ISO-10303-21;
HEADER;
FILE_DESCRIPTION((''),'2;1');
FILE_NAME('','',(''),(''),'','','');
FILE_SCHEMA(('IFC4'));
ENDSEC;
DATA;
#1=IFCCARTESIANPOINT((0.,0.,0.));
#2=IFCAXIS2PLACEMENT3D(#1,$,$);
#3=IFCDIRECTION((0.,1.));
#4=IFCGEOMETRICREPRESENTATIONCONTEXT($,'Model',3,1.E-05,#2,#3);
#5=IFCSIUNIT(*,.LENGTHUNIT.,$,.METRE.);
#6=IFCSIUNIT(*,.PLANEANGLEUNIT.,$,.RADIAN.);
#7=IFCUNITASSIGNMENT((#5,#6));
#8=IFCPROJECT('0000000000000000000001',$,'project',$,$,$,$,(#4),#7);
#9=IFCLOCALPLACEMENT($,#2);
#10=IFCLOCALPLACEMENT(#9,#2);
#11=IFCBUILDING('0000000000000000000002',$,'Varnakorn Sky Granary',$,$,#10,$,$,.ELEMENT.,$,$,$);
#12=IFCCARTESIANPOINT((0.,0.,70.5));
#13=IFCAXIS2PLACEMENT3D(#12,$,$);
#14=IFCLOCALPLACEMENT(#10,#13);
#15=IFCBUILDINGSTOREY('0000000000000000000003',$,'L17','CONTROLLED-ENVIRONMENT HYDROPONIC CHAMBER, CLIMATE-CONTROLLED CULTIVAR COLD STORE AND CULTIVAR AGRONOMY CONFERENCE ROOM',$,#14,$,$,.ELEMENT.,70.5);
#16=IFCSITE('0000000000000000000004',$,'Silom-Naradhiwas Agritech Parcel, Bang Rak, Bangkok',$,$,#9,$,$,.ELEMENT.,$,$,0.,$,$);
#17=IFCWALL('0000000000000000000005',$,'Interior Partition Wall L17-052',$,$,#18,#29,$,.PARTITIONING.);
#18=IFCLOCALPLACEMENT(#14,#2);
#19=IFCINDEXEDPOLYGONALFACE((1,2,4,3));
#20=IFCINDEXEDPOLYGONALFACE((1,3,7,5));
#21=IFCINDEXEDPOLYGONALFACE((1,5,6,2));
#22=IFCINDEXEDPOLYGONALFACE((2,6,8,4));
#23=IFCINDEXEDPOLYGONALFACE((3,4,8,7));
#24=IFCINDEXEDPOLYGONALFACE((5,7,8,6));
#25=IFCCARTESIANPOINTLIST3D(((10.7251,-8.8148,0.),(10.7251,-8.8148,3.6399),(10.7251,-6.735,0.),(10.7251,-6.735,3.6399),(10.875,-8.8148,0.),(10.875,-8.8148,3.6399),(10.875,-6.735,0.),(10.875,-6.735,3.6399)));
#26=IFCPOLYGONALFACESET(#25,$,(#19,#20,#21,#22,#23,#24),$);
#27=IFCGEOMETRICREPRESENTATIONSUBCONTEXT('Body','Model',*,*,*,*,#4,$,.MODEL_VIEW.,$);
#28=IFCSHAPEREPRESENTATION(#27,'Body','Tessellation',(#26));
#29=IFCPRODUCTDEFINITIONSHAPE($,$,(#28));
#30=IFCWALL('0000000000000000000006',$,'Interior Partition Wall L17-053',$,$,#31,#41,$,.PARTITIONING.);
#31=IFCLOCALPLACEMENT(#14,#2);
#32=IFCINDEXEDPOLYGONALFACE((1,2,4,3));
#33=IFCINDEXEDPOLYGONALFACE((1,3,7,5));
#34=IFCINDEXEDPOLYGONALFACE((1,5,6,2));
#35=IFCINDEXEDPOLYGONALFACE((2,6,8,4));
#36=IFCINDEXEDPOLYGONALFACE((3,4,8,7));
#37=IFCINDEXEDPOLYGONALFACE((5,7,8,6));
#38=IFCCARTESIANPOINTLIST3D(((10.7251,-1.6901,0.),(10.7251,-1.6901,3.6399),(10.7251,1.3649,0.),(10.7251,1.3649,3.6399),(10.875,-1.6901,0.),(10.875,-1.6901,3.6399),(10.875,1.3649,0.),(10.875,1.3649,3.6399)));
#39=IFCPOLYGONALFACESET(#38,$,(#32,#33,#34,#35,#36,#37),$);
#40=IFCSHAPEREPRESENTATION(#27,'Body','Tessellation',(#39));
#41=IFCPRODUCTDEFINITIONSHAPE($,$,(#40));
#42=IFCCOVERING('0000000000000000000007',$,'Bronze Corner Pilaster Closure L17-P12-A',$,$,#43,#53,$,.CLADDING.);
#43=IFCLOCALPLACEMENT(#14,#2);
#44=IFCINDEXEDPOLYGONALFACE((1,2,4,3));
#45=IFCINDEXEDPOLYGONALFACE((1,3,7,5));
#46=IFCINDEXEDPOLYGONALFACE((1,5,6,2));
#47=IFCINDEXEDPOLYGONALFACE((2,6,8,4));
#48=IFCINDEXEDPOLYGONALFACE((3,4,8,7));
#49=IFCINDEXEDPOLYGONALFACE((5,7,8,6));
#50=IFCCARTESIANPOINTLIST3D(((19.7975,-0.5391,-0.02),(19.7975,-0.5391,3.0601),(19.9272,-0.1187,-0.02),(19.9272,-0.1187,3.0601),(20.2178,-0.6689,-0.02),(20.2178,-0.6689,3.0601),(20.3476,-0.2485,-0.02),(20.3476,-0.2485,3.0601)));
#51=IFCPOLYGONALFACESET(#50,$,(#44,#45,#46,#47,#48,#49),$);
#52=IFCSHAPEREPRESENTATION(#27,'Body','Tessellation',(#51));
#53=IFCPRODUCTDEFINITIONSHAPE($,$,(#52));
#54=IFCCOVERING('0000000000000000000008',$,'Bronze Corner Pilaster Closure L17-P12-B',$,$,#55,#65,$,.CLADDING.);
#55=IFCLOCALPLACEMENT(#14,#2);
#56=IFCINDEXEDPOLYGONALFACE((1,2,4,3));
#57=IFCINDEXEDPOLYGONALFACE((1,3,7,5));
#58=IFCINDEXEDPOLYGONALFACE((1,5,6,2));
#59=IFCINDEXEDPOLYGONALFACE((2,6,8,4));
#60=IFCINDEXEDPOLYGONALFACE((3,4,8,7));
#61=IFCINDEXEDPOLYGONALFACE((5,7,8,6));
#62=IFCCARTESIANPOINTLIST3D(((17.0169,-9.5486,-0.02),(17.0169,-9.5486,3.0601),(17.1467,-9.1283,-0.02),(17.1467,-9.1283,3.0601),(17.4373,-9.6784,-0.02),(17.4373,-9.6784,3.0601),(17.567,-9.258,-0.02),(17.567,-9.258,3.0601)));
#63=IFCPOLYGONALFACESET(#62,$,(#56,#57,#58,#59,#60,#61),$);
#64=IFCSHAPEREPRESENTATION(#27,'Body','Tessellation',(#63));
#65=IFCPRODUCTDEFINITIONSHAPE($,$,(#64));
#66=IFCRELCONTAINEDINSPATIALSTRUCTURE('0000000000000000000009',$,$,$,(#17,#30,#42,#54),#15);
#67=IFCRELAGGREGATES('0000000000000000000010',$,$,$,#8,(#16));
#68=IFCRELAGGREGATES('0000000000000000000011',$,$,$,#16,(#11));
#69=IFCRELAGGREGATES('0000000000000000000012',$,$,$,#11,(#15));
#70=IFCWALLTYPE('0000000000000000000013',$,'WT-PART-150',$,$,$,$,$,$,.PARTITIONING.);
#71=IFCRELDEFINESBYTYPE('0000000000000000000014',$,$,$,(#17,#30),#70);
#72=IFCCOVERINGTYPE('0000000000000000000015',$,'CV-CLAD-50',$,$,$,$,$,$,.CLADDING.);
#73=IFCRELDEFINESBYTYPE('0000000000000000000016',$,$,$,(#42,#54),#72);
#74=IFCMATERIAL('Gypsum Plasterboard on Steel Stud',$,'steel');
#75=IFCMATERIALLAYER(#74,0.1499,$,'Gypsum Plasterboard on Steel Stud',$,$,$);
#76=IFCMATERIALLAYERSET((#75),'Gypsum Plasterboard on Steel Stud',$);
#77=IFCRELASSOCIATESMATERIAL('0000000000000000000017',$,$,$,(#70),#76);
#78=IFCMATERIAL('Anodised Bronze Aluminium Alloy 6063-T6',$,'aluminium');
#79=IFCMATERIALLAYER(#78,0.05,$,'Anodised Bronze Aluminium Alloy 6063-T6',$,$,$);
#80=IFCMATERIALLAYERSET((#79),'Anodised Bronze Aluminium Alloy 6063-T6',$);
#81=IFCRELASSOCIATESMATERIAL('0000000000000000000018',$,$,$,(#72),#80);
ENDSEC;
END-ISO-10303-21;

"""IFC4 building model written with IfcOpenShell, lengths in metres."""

from ifc_helpers import new_model, si_unit, direction, frame, frame_2d, origin, origin_2d, place, context, subcontext, project, spatial, rectangle, extrude, source, transform, mapped, material, layer, layer_set, type_object, type_shapes, element, save


model = new_model("IFC4")

# Units and contexts
model_context = context("Model", 3, precision=1e-05, world=origin(), true_north=direction((0.0, 1.0)))
body_context = subcontext(model_context, "Body", "Model", "MODEL_VIEW")
ifc_project = project(units=[si_unit("LENGTHUNIT", "METRE"), si_unit("PLANEANGLEUNIT", "RADIAN")], contexts=[model_context])

# Site, building, storey
site_placement = place(None, origin())
site = spatial("IfcSite", under=ifc_project, at=site_placement, Name="Silom-Naradhiwas Agritech Parcel, Bang Rak, Bangkok", CompositionType="ELEMENT", RefElevation=0.0)
building_placement = place(site_placement, origin())
building = spatial("IfcBuilding", under=site, at=building_placement, Name="Varnakorn Sky Granary", CompositionType="ELEMENT")
storey_placement = place(building_placement, frame((0.0, 0.0, 70.5)))
storey = spatial("IfcBuildingStorey", under=building, at=storey_placement, Name="L17", Description="CONTROLLED-ENVIRONMENT HYDROPONIC CHAMBER, CLIMATE-CONTROLLED CULTIVAR COLD STORE AND CULTIVAR AGRONOMY CONFERENCE ROOM", CompositionType="ELEMENT", Elevation=70.5)

# Shared definitions
ifc_material_1 = material(Name="Anodised Bronze Aluminium Alloy 6063-T6", Category="aluminium")

# Shared definitions
ifc_material_2 = material(Name="Gypsum Plasterboard on Steel Stud", Category="steel")
ifc_layer_1 = layer(ifc_material_2, 0.1499, Name="Gypsum Plasterboard on Steel Stud")
ifc_layer_set_1 = layer_set([ifc_layer_1], Name="Gypsum Plasterboard on Steel Stud")
wall_type_1 = type_object("IfcWallType", Name="WT-PART-150", PredefinedType="PARTITIONING", material=ifc_layer_set_1)

# Walls
wall_1_placement = place(storey_placement, frame((10.8, -8.8149, 0.0), z_axis=(0.0, 0.0, 1.0), x_axis=(0.0, 1.0, 0.0)))
element("IfcWall", 1, at=wall_1_placement, inside=storey, type_object=wall_type_1, Name="Interior Partition Wall L17-052", PredefinedType="PARTITIONING", context=body_context, shape_type="SweptSolid", body=[
    extrude(rectangle(XDim=2.0798, YDim=0.1499, at=frame_2d((1.04, 0.0))), origin(), (0.0, 0.0, 1.0), 3.6399),
])
wall_2_placement = place(storey_placement, frame((10.8, -1.6899, 0.0), z_axis=(0.0, 0.0, 1.0), x_axis=(0.0, 1.0, 0.0)))
element("IfcWall", 2, at=wall_2_placement, inside=storey, type_object=wall_type_1, Name="Interior Partition Wall L17-053", PredefinedType="PARTITIONING", context=body_context, shape_type="SweptSolid", body=[
    extrude(rectangle(XDim=3.0549, YDim=0.1499, at=frame_2d((1.5273, 0.0))), origin(), (0.0, 0.0, 1.0), 3.6399),
])

# Coverings
ifc_layer_2 = layer(ifc_material_1, 0.05, Name="Anodised Bronze Aluminium Alloy 6063-T6")
ifc_layer_set_2 = layer_set([ifc_layer_2], Name="Anodised Bronze Aluminium Alloy 6063-T6")
covering_type = type_object("IfcCoveringType", Name="CV-CLAD-50", PredefinedType="CLADDING", material=ifc_layer_set_2)
shared_shape = source(origin(), body_context, "Body", "SweptSolid", [
    extrude(rectangle(XDim=0.4399, YDim=0.4399, at=origin_2d()), origin(), (0.0, 0.0, 1.0), 3.0801),
])
type_shapes(covering_type, [shared_shape])
for number, where, z_axis, x_axis, name in (
    (3, (20.0725, -0.3938, -0.02), (0.0, 0.0, 1.0), (-0.294874, -0.955536, 0.0), "Bronze Corner Pilaster Closure L17-P12-A"),
    (4, (17.292, -9.4033, -0.02), (0.0, 0.0, 1.0), (-0.294874, -0.955536, 0.0), "Bronze Corner Pilaster Closure L17-P12-B"),
):
    element("IfcCovering", number, at=place(storey_placement, frame(where, z_axis=z_axis, x_axis=x_axis)), inside=storey, type_object=covering_type, Name=name, PredefinedType="CLADDING", context=body_context, shape_type="MappedRepresentation", body=[
        mapped(shared_shape, transform((0.0, 0.0, 0.0), x_axis=(1.0, 0.0, 0.0), y_axis=(0.0, 1.0, 0.0), z_axis=(0.0, 0.0, 1.0), scale=1.0)),
    ])

save(model, "model.ifc")
